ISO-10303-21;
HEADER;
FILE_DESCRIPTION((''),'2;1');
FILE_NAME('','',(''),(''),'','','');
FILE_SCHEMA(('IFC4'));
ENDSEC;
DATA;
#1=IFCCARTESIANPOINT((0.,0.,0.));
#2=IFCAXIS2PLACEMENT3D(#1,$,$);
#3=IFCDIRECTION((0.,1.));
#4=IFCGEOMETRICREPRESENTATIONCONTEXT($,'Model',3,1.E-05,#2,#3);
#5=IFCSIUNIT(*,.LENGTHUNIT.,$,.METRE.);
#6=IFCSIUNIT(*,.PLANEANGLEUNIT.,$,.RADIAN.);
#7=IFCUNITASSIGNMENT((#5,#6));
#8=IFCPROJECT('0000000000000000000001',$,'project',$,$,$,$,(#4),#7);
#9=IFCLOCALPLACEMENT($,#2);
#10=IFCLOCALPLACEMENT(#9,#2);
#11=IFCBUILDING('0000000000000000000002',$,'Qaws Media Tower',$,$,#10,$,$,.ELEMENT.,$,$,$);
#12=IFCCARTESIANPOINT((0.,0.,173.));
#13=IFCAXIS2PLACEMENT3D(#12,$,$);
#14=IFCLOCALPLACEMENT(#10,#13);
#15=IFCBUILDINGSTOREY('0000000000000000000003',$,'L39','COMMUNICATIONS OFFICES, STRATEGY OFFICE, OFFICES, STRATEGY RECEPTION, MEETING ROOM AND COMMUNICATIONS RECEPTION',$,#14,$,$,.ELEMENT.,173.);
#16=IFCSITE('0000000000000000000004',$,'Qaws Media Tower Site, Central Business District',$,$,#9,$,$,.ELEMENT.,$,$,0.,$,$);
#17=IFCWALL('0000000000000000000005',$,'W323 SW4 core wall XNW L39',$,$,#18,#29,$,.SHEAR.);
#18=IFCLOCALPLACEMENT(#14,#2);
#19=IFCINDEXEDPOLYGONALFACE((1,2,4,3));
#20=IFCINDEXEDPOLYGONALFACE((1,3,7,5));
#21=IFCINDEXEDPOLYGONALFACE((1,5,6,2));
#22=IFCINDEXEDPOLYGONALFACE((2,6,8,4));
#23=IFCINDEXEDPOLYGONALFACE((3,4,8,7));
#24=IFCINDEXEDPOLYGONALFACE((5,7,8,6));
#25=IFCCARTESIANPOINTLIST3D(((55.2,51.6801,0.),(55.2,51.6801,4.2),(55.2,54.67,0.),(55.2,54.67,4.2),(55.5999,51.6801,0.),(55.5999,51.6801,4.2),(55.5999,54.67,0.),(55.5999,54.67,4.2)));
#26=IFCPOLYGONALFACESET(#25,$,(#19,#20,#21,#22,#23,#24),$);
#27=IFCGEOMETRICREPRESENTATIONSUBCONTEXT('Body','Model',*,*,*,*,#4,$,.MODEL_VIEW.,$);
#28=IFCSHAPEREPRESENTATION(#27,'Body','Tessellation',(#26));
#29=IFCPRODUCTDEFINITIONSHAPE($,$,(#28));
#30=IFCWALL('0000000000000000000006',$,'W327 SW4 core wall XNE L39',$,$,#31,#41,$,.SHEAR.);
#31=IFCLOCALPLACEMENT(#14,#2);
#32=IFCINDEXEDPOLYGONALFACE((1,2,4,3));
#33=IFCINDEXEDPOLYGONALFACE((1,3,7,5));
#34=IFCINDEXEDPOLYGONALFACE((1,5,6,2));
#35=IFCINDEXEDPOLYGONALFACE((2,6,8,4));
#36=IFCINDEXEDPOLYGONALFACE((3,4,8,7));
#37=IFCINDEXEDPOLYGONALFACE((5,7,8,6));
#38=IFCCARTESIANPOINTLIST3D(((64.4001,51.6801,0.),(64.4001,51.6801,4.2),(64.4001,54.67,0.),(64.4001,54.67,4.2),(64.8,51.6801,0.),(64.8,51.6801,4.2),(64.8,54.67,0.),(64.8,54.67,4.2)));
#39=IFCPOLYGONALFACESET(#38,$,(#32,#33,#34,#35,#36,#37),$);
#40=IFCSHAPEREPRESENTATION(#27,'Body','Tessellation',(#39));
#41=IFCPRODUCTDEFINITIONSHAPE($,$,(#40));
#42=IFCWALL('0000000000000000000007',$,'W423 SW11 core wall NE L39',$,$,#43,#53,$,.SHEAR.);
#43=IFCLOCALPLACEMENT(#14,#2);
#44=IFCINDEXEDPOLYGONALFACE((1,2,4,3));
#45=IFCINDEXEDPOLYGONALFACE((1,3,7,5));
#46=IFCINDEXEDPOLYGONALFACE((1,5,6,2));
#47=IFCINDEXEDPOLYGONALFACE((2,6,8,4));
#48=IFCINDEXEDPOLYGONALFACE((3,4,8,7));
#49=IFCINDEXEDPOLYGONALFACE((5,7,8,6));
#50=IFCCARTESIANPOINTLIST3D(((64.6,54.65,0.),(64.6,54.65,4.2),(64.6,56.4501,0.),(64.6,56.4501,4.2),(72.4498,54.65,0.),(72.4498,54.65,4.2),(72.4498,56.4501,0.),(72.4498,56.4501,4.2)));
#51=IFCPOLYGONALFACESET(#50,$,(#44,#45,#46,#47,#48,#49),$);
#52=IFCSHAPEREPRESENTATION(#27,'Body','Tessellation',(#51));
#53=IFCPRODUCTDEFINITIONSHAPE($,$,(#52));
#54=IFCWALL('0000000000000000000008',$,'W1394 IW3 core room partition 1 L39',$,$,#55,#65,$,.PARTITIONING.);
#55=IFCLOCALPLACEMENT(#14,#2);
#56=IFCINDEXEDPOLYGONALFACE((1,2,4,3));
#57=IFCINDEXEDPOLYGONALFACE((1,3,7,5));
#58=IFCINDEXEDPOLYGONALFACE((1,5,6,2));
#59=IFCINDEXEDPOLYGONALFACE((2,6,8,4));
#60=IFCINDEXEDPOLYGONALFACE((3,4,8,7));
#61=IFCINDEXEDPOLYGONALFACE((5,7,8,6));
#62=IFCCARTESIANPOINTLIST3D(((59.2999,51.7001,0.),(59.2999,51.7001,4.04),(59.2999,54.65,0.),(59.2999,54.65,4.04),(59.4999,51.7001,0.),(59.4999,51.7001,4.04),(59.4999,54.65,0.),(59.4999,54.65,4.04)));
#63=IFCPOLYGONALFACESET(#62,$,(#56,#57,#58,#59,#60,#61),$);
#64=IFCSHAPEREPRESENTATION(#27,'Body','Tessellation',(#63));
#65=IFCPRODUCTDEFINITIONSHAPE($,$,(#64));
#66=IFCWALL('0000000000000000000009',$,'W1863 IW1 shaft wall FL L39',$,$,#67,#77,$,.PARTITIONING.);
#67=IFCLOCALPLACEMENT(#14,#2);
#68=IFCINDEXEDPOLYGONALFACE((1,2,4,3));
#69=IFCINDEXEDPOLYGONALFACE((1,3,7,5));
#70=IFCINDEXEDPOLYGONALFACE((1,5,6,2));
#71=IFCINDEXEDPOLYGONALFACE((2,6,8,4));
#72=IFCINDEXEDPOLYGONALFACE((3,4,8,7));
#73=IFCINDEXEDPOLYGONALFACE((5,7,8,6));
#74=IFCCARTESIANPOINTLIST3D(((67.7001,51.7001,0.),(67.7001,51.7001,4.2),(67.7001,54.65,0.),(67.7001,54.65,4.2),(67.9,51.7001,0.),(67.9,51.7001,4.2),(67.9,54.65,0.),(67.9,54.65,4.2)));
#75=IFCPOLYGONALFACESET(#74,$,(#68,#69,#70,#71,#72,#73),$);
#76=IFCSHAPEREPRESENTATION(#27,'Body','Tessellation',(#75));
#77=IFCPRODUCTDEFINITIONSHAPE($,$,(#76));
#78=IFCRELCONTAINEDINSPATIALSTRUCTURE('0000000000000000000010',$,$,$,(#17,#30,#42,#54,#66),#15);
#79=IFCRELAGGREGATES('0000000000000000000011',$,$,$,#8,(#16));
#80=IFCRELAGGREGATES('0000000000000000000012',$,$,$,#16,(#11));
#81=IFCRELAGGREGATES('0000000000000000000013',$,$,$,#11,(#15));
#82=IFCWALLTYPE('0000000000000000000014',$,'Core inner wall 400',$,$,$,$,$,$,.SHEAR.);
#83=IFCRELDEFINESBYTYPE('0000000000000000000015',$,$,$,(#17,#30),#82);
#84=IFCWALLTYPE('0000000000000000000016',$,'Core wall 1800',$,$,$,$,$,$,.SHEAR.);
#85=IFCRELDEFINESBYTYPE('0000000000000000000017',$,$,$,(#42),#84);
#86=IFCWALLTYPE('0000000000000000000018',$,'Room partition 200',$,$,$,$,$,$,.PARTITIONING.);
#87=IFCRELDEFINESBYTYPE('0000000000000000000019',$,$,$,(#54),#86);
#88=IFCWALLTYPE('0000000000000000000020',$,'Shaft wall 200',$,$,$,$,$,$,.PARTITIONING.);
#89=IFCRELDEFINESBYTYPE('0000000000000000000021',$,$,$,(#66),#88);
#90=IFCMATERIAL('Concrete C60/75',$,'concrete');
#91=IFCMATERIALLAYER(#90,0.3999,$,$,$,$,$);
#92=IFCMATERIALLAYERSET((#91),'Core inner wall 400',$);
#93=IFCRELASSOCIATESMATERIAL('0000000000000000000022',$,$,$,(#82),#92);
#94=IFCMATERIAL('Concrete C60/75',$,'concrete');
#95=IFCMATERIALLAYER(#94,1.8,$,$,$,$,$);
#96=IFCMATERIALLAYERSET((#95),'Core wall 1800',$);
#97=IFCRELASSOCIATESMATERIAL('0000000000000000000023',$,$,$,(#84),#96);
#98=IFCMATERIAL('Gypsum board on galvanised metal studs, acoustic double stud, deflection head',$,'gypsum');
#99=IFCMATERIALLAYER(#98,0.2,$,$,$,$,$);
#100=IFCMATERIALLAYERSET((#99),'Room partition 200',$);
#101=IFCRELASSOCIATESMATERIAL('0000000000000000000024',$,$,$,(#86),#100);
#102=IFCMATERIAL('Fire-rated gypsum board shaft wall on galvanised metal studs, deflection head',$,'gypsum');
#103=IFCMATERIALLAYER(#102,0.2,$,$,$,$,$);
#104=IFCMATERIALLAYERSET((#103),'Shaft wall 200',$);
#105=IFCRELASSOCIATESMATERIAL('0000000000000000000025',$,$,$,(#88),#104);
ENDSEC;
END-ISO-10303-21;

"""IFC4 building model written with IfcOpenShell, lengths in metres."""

from ifc_helpers import new_model, si_unit, direction, frame, frame_2d, origin, place, context, subcontext, project, spatial, rectangle, extrude, material, layer, layer_set, type_object, element, save


model = new_model("IFC4")

# Units and contexts
model_context = context("Model", 3, precision=1e-05, world=origin(), true_north=direction((0.0, 1.0)))
body_context = subcontext(model_context, "Body", "Model", "MODEL_VIEW")
ifc_project = project(units=[si_unit("LENGTHUNIT", "METRE"), si_unit("PLANEANGLEUNIT", "RADIAN")], contexts=[model_context])

# Site, building, storey
site_placement = place(None, origin())
site = spatial("IfcSite", under=ifc_project, at=site_placement, Name="Qaws Media Tower Site, Central Business District", CompositionType="ELEMENT", RefElevation=0.0)
building_placement = place(site_placement, origin())
building = spatial("IfcBuilding", under=site, at=building_placement, Name="Qaws Media Tower", CompositionType="ELEMENT")
storey_placement = place(building_placement, frame((0.0, 0.0, 173.0)))
storey = spatial("IfcBuildingStorey", under=building, at=storey_placement, Name="L39", Description="COMMUNICATIONS OFFICES, STRATEGY OFFICE, OFFICES, STRATEGY RECEPTION, MEETING ROOM AND COMMUNICATIONS RECEPTION", CompositionType="ELEMENT", Elevation=173.0)

# Shared definitions
ifc_material_1 = material(Name="Concrete C60/75", Category="concrete")
ifc_layer_1 = layer(ifc_material_1, 0.3999)
ifc_layer_set_1 = layer_set([ifc_layer_1], Name="Core inner wall 400")
wall_type_1 = type_object("IfcWallType", Name="Core inner wall 400", PredefinedType="SHEAR", material=ifc_layer_set_1)

# Walls
for number, where, z_axis, x_axis, name in (
    (1, (55.3999, 51.6799, 0.0), (0.0, 0.0, 1.0), (0.0, 1.0, 0.0), "W323 SW4 core wall XNW L39"),
    (2, (64.6001, 51.6799, 0.0), (0.0, 0.0, 1.0), (0.0, 1.0, 0.0), "W327 SW4 core wall XNE L39"),
):
    element("IfcWall", number, at=place(storey_placement, frame(where, z_axis=z_axis, x_axis=x_axis)), inside=storey, type_object=wall_type_1, Name=name, PredefinedType="SHEAR", context=body_context, shape_type="SweptSolid", body=[
        extrude(rectangle(XDim=2.99, YDim=0.3999, at=frame_2d((1.4951, 0.0))), origin(), (0.0, 0.0, 1.0), 4.2),
    ])
ifc_material_2 = material(Name="Concrete C60/75", Category="concrete")
ifc_layer_2 = layer(ifc_material_2, 1.8)
ifc_layer_set_2 = layer_set([ifc_layer_2], Name="Core wall 1800")
wall_type_2 = type_object("IfcWallType", Name="Core wall 1800", PredefinedType="SHEAR", material=ifc_layer_set_2)
wall_1_placement = place(storey_placement, frame((64.6001, 55.55, 0.0), z_axis=(0.0, 0.0, 1.0), x_axis=(1.0, 0.0, 0.0)))
element("IfcWall", 3, at=wall_1_placement, inside=storey, type_object=wall_type_2, Name="W423 SW11 core wall NE L39", PredefinedType="SHEAR", context=body_context, shape_type="SweptSolid", body=[
    extrude(rectangle(XDim=7.8499, YDim=1.8, at=frame_2d((3.9248, 0.0))), origin(), (0.0, 0.0, 1.0), 4.2),
])
ifc_material_3 = material(Name="Gypsum board on galvanised metal studs, acoustic double stud, deflection head", Category="gypsum")
ifc_layer_3 = layer(ifc_material_3, 0.2)
ifc_layer_set_3 = layer_set([ifc_layer_3], Name="Room partition 200")
wall_type_3 = type_object("IfcWallType", Name="Room partition 200", PredefinedType="PARTITIONING", material=ifc_layer_set_3)
wall_2_placement = place(storey_placement, frame((59.3999, 51.7, 0.0), z_axis=(0.0, 0.0, 1.0), x_axis=(0.0, 1.0, 0.0)))
element("IfcWall", 4, at=wall_2_placement, inside=storey, type_object=wall_type_3, Name="W1394 IW3 core room partition 1 L39", PredefinedType="PARTITIONING", context=body_context, shape_type="SweptSolid", body=[
    extrude(rectangle(XDim=2.95, YDim=0.2, at=frame_2d((1.4751, 0.0))), origin(), (0.0, 0.0, 1.0), 4.04),
])
ifc_material_4 = material(Name="Fire-rated gypsum board shaft wall on galvanised metal studs, deflection head", Category="gypsum")
ifc_layer_4 = layer(ifc_material_4, 0.2)
ifc_layer_set_4 = layer_set([ifc_layer_4], Name="Shaft wall 200")
wall_type_4 = type_object("IfcWallType", Name="Shaft wall 200", PredefinedType="PARTITIONING", material=ifc_layer_set_4)
wall_3_placement = place(storey_placement, frame((67.8, 51.7, 0.0), z_axis=(0.0, 0.0, 1.0), x_axis=(0.0, 1.0, 0.0)))
element("IfcWall", 5, at=wall_3_placement, inside=storey, type_object=wall_type_4, Name="W1863 IW1 shaft wall FL L39", PredefinedType="PARTITIONING", context=body_context, shape_type="SweptSolid", body=[
    extrude(rectangle(XDim=2.95, YDim=0.2, at=frame_2d((1.4751, 0.0))), origin(), (0.0, 0.0, 1.0), 4.2),
])

save(model, "model.ifc")
